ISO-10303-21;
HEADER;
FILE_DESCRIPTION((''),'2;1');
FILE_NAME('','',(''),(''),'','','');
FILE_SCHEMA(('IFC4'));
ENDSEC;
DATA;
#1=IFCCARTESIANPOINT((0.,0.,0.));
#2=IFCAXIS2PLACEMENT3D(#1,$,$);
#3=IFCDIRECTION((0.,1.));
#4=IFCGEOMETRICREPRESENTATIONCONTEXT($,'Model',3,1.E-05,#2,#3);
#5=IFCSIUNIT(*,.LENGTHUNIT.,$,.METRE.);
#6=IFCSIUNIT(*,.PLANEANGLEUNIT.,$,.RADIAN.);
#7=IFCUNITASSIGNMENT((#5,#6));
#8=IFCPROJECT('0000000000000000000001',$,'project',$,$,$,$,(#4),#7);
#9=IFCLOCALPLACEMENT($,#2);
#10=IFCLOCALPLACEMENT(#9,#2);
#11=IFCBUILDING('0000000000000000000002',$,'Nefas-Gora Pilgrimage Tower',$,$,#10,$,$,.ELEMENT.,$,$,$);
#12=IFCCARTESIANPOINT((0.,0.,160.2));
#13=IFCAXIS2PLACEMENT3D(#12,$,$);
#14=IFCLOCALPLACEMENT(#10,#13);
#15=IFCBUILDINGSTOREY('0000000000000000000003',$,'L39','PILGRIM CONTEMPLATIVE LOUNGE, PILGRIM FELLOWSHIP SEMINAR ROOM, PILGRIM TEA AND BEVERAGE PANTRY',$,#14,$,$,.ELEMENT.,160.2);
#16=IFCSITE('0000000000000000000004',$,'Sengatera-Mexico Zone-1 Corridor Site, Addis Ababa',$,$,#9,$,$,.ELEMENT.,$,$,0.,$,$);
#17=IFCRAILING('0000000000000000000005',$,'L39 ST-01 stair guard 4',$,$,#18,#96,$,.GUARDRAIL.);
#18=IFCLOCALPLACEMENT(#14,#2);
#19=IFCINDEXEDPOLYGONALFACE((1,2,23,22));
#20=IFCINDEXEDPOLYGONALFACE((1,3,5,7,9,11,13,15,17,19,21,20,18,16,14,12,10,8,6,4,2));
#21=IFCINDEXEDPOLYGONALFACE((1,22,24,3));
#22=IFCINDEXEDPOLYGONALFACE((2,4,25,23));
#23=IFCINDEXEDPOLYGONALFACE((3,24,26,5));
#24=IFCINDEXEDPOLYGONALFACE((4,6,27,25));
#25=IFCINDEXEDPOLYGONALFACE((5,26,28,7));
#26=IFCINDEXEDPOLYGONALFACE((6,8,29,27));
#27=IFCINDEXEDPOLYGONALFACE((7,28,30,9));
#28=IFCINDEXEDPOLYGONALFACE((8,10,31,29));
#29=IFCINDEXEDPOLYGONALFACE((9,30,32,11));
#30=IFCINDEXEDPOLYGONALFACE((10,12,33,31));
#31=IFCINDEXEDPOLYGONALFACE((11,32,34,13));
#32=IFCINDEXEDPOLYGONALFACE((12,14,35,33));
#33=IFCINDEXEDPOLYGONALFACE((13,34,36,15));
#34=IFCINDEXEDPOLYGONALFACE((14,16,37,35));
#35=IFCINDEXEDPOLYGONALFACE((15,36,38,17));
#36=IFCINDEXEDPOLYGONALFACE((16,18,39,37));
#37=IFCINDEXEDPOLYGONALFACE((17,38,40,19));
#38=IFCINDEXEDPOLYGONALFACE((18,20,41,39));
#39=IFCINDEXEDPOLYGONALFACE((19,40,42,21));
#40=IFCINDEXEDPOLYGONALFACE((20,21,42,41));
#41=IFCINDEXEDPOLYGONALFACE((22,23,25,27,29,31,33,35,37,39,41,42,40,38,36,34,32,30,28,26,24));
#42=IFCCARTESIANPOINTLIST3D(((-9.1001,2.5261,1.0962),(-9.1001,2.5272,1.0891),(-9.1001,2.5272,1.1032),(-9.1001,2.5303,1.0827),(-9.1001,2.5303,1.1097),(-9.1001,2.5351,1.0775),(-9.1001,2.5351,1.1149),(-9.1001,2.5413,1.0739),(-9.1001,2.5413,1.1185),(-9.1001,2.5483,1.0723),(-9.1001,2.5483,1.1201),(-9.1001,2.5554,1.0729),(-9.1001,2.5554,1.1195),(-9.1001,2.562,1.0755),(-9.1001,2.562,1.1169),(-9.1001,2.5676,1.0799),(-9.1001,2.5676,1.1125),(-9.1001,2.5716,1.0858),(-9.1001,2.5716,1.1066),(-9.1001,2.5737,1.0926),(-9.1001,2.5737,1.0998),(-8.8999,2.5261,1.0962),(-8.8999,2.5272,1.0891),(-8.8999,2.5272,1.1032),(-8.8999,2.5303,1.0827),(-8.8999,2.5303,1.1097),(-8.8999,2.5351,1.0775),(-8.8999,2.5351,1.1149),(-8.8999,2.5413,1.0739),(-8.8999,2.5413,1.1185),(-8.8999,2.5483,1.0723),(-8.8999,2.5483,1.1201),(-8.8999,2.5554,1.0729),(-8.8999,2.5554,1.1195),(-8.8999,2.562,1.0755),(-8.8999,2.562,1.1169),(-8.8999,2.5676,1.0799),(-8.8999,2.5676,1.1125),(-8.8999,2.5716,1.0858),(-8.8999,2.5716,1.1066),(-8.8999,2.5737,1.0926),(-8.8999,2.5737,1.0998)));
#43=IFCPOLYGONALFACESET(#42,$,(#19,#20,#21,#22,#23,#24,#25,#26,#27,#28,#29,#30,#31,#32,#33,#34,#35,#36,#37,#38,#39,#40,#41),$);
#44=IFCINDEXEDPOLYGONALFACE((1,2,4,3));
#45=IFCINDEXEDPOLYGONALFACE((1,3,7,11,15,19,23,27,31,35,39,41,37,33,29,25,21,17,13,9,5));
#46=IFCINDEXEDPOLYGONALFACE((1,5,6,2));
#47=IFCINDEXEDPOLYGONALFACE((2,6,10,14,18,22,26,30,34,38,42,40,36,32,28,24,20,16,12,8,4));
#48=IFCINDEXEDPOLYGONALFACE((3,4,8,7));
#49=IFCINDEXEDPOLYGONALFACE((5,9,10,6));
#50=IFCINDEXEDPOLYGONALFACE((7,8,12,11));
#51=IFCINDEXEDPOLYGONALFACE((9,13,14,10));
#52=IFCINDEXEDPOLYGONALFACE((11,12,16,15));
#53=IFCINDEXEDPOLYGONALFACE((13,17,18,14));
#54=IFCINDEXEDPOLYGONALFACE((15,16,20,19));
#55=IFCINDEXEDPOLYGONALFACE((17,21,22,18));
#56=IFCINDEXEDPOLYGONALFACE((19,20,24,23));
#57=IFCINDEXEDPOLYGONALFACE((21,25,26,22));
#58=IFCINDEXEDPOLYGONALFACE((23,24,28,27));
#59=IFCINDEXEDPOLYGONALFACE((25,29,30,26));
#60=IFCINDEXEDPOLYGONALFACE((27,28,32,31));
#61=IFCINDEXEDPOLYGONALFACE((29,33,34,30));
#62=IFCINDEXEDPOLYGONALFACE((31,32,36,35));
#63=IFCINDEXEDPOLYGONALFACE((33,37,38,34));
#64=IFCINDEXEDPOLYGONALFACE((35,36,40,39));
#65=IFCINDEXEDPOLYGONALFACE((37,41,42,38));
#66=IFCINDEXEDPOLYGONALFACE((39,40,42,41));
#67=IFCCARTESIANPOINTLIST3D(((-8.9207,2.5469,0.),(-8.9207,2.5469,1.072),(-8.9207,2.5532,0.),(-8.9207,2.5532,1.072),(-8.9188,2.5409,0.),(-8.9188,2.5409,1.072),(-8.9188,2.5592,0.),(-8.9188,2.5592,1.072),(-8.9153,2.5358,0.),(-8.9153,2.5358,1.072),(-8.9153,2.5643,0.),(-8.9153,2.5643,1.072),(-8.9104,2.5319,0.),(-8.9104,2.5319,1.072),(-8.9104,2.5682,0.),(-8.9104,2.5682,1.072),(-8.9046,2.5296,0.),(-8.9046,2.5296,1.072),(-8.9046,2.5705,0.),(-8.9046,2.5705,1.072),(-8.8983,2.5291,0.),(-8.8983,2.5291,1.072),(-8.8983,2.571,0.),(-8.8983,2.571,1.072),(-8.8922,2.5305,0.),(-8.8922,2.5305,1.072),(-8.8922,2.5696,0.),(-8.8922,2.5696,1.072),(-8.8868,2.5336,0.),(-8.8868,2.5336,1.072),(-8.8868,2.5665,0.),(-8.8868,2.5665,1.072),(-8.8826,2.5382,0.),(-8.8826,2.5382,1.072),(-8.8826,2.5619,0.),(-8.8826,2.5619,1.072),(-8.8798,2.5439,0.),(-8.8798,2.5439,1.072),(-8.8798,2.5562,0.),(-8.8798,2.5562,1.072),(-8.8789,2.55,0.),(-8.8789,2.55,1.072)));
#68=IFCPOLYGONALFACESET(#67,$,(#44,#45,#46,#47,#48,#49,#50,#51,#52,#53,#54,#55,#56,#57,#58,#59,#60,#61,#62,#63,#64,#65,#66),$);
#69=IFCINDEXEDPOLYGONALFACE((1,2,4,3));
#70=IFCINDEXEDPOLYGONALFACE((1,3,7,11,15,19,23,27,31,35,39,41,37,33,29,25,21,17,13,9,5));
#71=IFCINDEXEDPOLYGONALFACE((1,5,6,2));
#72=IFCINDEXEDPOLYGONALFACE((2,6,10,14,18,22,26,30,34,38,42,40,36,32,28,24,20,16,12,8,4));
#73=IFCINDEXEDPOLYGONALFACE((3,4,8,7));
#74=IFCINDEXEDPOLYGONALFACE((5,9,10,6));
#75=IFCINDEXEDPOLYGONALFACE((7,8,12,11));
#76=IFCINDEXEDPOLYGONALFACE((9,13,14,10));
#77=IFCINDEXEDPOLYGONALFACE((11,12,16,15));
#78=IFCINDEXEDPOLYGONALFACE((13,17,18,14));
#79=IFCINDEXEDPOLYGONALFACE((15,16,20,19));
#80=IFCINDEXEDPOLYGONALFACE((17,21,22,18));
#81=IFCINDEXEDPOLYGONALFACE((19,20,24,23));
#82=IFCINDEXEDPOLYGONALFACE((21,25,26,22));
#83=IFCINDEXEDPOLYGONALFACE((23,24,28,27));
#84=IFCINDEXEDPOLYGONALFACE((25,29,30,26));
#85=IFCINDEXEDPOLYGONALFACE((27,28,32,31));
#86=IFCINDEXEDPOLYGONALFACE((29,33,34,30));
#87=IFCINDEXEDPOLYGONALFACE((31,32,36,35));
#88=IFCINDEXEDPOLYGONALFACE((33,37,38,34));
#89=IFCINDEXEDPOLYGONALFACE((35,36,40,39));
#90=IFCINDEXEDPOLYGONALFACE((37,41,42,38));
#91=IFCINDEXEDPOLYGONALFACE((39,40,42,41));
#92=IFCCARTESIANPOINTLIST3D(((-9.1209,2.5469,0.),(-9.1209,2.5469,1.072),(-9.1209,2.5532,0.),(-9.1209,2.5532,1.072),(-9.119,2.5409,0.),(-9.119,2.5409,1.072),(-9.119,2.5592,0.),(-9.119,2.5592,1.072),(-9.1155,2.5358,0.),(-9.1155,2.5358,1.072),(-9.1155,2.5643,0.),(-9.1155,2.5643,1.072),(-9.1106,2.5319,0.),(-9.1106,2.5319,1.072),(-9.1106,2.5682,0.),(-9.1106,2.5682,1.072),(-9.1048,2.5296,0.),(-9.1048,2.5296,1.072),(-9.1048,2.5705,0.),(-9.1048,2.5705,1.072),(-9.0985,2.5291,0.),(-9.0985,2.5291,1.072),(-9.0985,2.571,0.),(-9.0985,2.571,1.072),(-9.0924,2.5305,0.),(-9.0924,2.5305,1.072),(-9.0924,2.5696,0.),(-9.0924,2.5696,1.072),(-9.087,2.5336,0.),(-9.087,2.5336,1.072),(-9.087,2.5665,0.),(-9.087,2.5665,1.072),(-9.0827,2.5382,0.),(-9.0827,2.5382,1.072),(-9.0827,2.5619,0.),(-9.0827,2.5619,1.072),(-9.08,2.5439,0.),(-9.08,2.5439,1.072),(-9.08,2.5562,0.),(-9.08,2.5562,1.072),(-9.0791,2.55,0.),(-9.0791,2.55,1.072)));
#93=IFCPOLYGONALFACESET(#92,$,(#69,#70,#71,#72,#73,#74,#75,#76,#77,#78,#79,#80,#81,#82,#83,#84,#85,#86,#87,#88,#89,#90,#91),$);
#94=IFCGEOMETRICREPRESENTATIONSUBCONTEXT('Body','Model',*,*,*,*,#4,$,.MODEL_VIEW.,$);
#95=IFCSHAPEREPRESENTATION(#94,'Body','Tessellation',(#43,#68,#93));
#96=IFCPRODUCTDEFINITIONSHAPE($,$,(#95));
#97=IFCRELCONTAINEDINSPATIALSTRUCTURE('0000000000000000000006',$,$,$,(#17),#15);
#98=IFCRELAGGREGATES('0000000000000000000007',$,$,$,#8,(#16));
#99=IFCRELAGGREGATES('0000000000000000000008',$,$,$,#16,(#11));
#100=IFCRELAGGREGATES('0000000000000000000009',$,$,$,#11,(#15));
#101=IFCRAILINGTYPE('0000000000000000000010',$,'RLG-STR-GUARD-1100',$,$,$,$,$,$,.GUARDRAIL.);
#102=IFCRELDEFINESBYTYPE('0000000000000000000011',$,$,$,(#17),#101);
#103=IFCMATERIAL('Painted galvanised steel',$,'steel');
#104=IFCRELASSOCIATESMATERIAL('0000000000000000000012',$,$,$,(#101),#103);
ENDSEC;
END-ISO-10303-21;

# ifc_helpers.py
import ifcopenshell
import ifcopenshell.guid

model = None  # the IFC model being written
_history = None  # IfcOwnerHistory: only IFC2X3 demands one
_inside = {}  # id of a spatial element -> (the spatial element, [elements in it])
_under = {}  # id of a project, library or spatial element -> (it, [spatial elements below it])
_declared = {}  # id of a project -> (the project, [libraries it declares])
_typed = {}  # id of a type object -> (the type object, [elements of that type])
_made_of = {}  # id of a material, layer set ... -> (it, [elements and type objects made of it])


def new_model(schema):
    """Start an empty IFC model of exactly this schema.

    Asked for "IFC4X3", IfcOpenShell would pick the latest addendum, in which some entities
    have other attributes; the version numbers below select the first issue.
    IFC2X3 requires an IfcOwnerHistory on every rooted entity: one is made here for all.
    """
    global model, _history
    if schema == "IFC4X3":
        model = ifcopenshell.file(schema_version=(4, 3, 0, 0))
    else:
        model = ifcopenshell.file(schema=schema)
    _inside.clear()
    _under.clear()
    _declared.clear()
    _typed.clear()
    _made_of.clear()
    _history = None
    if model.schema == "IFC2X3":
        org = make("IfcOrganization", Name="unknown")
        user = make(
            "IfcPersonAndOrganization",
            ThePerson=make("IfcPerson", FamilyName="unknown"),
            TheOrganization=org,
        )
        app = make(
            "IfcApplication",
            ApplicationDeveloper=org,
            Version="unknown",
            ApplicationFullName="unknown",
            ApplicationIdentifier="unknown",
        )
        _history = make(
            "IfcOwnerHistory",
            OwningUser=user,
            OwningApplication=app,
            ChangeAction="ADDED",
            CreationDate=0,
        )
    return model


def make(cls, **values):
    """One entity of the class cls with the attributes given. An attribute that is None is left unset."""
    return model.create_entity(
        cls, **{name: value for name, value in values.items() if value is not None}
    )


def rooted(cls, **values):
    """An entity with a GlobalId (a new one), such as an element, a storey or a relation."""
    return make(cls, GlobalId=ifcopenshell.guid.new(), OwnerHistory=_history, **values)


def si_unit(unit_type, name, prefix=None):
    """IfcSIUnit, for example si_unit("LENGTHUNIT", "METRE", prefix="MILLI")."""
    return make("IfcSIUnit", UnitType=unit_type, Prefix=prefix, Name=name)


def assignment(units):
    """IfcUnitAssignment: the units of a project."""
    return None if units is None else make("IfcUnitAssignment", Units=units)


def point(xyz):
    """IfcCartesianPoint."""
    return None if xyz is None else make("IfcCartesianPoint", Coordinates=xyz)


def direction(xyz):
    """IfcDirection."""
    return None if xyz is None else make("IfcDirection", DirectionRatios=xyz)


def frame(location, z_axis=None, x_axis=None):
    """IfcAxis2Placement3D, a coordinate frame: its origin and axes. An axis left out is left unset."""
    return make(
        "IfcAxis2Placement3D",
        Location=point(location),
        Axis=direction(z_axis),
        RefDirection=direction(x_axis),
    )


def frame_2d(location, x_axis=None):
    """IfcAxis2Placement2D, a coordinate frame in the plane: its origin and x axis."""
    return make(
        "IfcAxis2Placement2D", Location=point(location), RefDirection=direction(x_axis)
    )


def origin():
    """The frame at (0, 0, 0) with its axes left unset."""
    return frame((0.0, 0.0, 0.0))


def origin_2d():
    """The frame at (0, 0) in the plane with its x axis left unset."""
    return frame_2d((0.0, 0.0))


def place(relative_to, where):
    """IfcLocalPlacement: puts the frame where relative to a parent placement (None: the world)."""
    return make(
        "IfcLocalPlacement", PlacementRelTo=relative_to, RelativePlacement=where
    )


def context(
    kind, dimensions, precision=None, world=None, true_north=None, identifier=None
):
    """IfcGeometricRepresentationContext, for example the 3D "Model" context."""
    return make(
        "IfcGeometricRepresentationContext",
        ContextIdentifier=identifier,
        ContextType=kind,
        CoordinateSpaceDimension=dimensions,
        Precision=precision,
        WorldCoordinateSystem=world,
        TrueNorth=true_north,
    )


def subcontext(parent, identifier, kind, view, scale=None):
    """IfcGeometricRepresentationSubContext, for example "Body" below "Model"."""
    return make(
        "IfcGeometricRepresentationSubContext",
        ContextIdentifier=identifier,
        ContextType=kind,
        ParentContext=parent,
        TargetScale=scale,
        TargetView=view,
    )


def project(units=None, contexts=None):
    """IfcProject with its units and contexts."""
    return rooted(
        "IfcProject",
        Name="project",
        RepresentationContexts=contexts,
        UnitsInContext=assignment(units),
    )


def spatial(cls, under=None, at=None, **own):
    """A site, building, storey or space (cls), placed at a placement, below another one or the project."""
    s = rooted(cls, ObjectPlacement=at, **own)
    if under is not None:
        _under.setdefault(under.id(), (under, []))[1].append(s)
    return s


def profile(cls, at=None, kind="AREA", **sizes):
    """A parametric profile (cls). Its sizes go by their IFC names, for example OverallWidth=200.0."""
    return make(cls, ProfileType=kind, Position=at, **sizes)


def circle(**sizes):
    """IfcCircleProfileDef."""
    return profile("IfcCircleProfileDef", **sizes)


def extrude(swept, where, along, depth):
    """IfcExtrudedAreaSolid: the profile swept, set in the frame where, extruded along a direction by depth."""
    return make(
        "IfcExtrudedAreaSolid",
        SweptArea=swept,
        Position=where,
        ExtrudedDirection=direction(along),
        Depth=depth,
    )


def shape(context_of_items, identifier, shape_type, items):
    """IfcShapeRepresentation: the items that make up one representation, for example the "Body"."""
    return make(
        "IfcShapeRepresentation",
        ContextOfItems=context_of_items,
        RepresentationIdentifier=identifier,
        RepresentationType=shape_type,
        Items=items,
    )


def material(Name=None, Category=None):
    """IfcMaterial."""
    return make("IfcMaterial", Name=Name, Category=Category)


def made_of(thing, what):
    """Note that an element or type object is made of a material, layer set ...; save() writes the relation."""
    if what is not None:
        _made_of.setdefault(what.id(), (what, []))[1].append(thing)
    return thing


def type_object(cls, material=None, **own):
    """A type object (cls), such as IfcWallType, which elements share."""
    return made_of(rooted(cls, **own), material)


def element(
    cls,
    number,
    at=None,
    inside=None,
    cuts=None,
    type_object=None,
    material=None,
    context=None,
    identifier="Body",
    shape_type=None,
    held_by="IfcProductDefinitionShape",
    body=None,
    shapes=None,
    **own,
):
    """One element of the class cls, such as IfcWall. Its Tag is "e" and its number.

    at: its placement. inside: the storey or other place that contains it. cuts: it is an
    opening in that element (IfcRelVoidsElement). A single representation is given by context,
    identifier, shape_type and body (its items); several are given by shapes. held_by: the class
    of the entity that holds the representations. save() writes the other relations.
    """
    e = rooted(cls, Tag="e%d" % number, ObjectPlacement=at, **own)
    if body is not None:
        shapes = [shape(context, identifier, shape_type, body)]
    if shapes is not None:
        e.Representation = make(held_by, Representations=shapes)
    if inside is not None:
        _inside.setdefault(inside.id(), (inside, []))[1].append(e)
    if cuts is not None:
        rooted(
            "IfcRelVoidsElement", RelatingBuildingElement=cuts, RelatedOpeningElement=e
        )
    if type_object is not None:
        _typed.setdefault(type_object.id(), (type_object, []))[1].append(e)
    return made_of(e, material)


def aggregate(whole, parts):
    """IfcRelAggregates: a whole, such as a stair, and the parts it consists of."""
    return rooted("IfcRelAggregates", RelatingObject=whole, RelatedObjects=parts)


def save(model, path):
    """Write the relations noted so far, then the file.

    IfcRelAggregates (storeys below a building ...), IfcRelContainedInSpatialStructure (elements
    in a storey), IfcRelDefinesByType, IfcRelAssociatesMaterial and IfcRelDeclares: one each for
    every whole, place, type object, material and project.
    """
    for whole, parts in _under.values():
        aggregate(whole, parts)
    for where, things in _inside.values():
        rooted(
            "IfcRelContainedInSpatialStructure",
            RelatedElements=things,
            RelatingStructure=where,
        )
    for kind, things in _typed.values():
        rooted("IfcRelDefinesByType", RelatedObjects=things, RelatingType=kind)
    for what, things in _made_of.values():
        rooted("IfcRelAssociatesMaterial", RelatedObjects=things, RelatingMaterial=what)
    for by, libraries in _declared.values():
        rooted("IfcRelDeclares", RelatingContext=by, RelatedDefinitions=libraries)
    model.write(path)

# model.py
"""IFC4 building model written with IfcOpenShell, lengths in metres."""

from ifc_helpers import new_model, si_unit, direction, frame, origin, origin_2d, place, context, subcontext, project, spatial, circle, extrude, material, type_object, element, save


model = new_model("IFC4")

# Units and contexts
model_context = context("Model", 3, precision=1e-05, world=origin(), true_north=direction((0.0, 1.0)))
body_context = subcontext(model_context, "Body", "Model", "MODEL_VIEW")
ifc_project = project(units=[si_unit("LENGTHUNIT", "METRE"), si_unit("PLANEANGLEUNIT", "RADIAN")], contexts=[model_context])

# Site, building, storey
site_placement = place(None, origin())
site = spatial("IfcSite", under=ifc_project, at=site_placement, Name="Sengatera-Mexico Zone-1 Corridor Site, Addis Ababa", CompositionType="ELEMENT", RefElevation=0.0)
building_placement = place(site_placement, origin())
building = spatial("IfcBuilding", under=site, at=building_placement, Name="Nefas-Gora Pilgrimage Tower", CompositionType="ELEMENT")
storey_placement = place(building_placement, frame((0.0, 0.0, 160.2)))
storey = spatial("IfcBuildingStorey", under=building, at=storey_placement, Name="L39", Description="PILGRIM CONTEMPLATIVE LOUNGE, PILGRIM FELLOWSHIP SEMINAR ROOM, PILGRIM TEA AND BEVERAGE PANTRY", CompositionType="ELEMENT", Elevation=160.2)

# Railing
ifc_material_1 = material(Name="Painted galvanised steel", Category="steel")
railing_type_1 = type_object("IfcRailingType", Name="RLG-STR-GUARD-1100", PredefinedType="GUARDRAIL", material=ifc_material_1)
railing_1_placement = place(storey_placement, frame((-8.8999, 2.55, 0.0)))
element("IfcRailing", 1, at=railing_1_placement, inside=storey, type_object=railing_type_1, Name="L39 ST-01 stair guard 4", PredefinedType="GUARDRAIL", context=body_context, shape_type="SweptSolid", body=[
    extrude(circle(Radius=0.0239, at=origin_2d()), frame((0.0, 0.0, 1.0962), z_axis=(-1.0, 0.0, 0.0), x_axis=(0.0, -1.0, 0.0)), (0.0, 0.0, 1.0), 0.2002),
    extrude(circle(Radius=0.021, at=origin_2d()), origin(), (0.0, 0.0, 1.0), 1.072),
    extrude(circle(Radius=0.021, at=origin_2d()), frame((-0.2002, 0.0, 0.0)), (0.0, 0.0, 1.0), 1.072),
])

save(model, "model.ifc")
